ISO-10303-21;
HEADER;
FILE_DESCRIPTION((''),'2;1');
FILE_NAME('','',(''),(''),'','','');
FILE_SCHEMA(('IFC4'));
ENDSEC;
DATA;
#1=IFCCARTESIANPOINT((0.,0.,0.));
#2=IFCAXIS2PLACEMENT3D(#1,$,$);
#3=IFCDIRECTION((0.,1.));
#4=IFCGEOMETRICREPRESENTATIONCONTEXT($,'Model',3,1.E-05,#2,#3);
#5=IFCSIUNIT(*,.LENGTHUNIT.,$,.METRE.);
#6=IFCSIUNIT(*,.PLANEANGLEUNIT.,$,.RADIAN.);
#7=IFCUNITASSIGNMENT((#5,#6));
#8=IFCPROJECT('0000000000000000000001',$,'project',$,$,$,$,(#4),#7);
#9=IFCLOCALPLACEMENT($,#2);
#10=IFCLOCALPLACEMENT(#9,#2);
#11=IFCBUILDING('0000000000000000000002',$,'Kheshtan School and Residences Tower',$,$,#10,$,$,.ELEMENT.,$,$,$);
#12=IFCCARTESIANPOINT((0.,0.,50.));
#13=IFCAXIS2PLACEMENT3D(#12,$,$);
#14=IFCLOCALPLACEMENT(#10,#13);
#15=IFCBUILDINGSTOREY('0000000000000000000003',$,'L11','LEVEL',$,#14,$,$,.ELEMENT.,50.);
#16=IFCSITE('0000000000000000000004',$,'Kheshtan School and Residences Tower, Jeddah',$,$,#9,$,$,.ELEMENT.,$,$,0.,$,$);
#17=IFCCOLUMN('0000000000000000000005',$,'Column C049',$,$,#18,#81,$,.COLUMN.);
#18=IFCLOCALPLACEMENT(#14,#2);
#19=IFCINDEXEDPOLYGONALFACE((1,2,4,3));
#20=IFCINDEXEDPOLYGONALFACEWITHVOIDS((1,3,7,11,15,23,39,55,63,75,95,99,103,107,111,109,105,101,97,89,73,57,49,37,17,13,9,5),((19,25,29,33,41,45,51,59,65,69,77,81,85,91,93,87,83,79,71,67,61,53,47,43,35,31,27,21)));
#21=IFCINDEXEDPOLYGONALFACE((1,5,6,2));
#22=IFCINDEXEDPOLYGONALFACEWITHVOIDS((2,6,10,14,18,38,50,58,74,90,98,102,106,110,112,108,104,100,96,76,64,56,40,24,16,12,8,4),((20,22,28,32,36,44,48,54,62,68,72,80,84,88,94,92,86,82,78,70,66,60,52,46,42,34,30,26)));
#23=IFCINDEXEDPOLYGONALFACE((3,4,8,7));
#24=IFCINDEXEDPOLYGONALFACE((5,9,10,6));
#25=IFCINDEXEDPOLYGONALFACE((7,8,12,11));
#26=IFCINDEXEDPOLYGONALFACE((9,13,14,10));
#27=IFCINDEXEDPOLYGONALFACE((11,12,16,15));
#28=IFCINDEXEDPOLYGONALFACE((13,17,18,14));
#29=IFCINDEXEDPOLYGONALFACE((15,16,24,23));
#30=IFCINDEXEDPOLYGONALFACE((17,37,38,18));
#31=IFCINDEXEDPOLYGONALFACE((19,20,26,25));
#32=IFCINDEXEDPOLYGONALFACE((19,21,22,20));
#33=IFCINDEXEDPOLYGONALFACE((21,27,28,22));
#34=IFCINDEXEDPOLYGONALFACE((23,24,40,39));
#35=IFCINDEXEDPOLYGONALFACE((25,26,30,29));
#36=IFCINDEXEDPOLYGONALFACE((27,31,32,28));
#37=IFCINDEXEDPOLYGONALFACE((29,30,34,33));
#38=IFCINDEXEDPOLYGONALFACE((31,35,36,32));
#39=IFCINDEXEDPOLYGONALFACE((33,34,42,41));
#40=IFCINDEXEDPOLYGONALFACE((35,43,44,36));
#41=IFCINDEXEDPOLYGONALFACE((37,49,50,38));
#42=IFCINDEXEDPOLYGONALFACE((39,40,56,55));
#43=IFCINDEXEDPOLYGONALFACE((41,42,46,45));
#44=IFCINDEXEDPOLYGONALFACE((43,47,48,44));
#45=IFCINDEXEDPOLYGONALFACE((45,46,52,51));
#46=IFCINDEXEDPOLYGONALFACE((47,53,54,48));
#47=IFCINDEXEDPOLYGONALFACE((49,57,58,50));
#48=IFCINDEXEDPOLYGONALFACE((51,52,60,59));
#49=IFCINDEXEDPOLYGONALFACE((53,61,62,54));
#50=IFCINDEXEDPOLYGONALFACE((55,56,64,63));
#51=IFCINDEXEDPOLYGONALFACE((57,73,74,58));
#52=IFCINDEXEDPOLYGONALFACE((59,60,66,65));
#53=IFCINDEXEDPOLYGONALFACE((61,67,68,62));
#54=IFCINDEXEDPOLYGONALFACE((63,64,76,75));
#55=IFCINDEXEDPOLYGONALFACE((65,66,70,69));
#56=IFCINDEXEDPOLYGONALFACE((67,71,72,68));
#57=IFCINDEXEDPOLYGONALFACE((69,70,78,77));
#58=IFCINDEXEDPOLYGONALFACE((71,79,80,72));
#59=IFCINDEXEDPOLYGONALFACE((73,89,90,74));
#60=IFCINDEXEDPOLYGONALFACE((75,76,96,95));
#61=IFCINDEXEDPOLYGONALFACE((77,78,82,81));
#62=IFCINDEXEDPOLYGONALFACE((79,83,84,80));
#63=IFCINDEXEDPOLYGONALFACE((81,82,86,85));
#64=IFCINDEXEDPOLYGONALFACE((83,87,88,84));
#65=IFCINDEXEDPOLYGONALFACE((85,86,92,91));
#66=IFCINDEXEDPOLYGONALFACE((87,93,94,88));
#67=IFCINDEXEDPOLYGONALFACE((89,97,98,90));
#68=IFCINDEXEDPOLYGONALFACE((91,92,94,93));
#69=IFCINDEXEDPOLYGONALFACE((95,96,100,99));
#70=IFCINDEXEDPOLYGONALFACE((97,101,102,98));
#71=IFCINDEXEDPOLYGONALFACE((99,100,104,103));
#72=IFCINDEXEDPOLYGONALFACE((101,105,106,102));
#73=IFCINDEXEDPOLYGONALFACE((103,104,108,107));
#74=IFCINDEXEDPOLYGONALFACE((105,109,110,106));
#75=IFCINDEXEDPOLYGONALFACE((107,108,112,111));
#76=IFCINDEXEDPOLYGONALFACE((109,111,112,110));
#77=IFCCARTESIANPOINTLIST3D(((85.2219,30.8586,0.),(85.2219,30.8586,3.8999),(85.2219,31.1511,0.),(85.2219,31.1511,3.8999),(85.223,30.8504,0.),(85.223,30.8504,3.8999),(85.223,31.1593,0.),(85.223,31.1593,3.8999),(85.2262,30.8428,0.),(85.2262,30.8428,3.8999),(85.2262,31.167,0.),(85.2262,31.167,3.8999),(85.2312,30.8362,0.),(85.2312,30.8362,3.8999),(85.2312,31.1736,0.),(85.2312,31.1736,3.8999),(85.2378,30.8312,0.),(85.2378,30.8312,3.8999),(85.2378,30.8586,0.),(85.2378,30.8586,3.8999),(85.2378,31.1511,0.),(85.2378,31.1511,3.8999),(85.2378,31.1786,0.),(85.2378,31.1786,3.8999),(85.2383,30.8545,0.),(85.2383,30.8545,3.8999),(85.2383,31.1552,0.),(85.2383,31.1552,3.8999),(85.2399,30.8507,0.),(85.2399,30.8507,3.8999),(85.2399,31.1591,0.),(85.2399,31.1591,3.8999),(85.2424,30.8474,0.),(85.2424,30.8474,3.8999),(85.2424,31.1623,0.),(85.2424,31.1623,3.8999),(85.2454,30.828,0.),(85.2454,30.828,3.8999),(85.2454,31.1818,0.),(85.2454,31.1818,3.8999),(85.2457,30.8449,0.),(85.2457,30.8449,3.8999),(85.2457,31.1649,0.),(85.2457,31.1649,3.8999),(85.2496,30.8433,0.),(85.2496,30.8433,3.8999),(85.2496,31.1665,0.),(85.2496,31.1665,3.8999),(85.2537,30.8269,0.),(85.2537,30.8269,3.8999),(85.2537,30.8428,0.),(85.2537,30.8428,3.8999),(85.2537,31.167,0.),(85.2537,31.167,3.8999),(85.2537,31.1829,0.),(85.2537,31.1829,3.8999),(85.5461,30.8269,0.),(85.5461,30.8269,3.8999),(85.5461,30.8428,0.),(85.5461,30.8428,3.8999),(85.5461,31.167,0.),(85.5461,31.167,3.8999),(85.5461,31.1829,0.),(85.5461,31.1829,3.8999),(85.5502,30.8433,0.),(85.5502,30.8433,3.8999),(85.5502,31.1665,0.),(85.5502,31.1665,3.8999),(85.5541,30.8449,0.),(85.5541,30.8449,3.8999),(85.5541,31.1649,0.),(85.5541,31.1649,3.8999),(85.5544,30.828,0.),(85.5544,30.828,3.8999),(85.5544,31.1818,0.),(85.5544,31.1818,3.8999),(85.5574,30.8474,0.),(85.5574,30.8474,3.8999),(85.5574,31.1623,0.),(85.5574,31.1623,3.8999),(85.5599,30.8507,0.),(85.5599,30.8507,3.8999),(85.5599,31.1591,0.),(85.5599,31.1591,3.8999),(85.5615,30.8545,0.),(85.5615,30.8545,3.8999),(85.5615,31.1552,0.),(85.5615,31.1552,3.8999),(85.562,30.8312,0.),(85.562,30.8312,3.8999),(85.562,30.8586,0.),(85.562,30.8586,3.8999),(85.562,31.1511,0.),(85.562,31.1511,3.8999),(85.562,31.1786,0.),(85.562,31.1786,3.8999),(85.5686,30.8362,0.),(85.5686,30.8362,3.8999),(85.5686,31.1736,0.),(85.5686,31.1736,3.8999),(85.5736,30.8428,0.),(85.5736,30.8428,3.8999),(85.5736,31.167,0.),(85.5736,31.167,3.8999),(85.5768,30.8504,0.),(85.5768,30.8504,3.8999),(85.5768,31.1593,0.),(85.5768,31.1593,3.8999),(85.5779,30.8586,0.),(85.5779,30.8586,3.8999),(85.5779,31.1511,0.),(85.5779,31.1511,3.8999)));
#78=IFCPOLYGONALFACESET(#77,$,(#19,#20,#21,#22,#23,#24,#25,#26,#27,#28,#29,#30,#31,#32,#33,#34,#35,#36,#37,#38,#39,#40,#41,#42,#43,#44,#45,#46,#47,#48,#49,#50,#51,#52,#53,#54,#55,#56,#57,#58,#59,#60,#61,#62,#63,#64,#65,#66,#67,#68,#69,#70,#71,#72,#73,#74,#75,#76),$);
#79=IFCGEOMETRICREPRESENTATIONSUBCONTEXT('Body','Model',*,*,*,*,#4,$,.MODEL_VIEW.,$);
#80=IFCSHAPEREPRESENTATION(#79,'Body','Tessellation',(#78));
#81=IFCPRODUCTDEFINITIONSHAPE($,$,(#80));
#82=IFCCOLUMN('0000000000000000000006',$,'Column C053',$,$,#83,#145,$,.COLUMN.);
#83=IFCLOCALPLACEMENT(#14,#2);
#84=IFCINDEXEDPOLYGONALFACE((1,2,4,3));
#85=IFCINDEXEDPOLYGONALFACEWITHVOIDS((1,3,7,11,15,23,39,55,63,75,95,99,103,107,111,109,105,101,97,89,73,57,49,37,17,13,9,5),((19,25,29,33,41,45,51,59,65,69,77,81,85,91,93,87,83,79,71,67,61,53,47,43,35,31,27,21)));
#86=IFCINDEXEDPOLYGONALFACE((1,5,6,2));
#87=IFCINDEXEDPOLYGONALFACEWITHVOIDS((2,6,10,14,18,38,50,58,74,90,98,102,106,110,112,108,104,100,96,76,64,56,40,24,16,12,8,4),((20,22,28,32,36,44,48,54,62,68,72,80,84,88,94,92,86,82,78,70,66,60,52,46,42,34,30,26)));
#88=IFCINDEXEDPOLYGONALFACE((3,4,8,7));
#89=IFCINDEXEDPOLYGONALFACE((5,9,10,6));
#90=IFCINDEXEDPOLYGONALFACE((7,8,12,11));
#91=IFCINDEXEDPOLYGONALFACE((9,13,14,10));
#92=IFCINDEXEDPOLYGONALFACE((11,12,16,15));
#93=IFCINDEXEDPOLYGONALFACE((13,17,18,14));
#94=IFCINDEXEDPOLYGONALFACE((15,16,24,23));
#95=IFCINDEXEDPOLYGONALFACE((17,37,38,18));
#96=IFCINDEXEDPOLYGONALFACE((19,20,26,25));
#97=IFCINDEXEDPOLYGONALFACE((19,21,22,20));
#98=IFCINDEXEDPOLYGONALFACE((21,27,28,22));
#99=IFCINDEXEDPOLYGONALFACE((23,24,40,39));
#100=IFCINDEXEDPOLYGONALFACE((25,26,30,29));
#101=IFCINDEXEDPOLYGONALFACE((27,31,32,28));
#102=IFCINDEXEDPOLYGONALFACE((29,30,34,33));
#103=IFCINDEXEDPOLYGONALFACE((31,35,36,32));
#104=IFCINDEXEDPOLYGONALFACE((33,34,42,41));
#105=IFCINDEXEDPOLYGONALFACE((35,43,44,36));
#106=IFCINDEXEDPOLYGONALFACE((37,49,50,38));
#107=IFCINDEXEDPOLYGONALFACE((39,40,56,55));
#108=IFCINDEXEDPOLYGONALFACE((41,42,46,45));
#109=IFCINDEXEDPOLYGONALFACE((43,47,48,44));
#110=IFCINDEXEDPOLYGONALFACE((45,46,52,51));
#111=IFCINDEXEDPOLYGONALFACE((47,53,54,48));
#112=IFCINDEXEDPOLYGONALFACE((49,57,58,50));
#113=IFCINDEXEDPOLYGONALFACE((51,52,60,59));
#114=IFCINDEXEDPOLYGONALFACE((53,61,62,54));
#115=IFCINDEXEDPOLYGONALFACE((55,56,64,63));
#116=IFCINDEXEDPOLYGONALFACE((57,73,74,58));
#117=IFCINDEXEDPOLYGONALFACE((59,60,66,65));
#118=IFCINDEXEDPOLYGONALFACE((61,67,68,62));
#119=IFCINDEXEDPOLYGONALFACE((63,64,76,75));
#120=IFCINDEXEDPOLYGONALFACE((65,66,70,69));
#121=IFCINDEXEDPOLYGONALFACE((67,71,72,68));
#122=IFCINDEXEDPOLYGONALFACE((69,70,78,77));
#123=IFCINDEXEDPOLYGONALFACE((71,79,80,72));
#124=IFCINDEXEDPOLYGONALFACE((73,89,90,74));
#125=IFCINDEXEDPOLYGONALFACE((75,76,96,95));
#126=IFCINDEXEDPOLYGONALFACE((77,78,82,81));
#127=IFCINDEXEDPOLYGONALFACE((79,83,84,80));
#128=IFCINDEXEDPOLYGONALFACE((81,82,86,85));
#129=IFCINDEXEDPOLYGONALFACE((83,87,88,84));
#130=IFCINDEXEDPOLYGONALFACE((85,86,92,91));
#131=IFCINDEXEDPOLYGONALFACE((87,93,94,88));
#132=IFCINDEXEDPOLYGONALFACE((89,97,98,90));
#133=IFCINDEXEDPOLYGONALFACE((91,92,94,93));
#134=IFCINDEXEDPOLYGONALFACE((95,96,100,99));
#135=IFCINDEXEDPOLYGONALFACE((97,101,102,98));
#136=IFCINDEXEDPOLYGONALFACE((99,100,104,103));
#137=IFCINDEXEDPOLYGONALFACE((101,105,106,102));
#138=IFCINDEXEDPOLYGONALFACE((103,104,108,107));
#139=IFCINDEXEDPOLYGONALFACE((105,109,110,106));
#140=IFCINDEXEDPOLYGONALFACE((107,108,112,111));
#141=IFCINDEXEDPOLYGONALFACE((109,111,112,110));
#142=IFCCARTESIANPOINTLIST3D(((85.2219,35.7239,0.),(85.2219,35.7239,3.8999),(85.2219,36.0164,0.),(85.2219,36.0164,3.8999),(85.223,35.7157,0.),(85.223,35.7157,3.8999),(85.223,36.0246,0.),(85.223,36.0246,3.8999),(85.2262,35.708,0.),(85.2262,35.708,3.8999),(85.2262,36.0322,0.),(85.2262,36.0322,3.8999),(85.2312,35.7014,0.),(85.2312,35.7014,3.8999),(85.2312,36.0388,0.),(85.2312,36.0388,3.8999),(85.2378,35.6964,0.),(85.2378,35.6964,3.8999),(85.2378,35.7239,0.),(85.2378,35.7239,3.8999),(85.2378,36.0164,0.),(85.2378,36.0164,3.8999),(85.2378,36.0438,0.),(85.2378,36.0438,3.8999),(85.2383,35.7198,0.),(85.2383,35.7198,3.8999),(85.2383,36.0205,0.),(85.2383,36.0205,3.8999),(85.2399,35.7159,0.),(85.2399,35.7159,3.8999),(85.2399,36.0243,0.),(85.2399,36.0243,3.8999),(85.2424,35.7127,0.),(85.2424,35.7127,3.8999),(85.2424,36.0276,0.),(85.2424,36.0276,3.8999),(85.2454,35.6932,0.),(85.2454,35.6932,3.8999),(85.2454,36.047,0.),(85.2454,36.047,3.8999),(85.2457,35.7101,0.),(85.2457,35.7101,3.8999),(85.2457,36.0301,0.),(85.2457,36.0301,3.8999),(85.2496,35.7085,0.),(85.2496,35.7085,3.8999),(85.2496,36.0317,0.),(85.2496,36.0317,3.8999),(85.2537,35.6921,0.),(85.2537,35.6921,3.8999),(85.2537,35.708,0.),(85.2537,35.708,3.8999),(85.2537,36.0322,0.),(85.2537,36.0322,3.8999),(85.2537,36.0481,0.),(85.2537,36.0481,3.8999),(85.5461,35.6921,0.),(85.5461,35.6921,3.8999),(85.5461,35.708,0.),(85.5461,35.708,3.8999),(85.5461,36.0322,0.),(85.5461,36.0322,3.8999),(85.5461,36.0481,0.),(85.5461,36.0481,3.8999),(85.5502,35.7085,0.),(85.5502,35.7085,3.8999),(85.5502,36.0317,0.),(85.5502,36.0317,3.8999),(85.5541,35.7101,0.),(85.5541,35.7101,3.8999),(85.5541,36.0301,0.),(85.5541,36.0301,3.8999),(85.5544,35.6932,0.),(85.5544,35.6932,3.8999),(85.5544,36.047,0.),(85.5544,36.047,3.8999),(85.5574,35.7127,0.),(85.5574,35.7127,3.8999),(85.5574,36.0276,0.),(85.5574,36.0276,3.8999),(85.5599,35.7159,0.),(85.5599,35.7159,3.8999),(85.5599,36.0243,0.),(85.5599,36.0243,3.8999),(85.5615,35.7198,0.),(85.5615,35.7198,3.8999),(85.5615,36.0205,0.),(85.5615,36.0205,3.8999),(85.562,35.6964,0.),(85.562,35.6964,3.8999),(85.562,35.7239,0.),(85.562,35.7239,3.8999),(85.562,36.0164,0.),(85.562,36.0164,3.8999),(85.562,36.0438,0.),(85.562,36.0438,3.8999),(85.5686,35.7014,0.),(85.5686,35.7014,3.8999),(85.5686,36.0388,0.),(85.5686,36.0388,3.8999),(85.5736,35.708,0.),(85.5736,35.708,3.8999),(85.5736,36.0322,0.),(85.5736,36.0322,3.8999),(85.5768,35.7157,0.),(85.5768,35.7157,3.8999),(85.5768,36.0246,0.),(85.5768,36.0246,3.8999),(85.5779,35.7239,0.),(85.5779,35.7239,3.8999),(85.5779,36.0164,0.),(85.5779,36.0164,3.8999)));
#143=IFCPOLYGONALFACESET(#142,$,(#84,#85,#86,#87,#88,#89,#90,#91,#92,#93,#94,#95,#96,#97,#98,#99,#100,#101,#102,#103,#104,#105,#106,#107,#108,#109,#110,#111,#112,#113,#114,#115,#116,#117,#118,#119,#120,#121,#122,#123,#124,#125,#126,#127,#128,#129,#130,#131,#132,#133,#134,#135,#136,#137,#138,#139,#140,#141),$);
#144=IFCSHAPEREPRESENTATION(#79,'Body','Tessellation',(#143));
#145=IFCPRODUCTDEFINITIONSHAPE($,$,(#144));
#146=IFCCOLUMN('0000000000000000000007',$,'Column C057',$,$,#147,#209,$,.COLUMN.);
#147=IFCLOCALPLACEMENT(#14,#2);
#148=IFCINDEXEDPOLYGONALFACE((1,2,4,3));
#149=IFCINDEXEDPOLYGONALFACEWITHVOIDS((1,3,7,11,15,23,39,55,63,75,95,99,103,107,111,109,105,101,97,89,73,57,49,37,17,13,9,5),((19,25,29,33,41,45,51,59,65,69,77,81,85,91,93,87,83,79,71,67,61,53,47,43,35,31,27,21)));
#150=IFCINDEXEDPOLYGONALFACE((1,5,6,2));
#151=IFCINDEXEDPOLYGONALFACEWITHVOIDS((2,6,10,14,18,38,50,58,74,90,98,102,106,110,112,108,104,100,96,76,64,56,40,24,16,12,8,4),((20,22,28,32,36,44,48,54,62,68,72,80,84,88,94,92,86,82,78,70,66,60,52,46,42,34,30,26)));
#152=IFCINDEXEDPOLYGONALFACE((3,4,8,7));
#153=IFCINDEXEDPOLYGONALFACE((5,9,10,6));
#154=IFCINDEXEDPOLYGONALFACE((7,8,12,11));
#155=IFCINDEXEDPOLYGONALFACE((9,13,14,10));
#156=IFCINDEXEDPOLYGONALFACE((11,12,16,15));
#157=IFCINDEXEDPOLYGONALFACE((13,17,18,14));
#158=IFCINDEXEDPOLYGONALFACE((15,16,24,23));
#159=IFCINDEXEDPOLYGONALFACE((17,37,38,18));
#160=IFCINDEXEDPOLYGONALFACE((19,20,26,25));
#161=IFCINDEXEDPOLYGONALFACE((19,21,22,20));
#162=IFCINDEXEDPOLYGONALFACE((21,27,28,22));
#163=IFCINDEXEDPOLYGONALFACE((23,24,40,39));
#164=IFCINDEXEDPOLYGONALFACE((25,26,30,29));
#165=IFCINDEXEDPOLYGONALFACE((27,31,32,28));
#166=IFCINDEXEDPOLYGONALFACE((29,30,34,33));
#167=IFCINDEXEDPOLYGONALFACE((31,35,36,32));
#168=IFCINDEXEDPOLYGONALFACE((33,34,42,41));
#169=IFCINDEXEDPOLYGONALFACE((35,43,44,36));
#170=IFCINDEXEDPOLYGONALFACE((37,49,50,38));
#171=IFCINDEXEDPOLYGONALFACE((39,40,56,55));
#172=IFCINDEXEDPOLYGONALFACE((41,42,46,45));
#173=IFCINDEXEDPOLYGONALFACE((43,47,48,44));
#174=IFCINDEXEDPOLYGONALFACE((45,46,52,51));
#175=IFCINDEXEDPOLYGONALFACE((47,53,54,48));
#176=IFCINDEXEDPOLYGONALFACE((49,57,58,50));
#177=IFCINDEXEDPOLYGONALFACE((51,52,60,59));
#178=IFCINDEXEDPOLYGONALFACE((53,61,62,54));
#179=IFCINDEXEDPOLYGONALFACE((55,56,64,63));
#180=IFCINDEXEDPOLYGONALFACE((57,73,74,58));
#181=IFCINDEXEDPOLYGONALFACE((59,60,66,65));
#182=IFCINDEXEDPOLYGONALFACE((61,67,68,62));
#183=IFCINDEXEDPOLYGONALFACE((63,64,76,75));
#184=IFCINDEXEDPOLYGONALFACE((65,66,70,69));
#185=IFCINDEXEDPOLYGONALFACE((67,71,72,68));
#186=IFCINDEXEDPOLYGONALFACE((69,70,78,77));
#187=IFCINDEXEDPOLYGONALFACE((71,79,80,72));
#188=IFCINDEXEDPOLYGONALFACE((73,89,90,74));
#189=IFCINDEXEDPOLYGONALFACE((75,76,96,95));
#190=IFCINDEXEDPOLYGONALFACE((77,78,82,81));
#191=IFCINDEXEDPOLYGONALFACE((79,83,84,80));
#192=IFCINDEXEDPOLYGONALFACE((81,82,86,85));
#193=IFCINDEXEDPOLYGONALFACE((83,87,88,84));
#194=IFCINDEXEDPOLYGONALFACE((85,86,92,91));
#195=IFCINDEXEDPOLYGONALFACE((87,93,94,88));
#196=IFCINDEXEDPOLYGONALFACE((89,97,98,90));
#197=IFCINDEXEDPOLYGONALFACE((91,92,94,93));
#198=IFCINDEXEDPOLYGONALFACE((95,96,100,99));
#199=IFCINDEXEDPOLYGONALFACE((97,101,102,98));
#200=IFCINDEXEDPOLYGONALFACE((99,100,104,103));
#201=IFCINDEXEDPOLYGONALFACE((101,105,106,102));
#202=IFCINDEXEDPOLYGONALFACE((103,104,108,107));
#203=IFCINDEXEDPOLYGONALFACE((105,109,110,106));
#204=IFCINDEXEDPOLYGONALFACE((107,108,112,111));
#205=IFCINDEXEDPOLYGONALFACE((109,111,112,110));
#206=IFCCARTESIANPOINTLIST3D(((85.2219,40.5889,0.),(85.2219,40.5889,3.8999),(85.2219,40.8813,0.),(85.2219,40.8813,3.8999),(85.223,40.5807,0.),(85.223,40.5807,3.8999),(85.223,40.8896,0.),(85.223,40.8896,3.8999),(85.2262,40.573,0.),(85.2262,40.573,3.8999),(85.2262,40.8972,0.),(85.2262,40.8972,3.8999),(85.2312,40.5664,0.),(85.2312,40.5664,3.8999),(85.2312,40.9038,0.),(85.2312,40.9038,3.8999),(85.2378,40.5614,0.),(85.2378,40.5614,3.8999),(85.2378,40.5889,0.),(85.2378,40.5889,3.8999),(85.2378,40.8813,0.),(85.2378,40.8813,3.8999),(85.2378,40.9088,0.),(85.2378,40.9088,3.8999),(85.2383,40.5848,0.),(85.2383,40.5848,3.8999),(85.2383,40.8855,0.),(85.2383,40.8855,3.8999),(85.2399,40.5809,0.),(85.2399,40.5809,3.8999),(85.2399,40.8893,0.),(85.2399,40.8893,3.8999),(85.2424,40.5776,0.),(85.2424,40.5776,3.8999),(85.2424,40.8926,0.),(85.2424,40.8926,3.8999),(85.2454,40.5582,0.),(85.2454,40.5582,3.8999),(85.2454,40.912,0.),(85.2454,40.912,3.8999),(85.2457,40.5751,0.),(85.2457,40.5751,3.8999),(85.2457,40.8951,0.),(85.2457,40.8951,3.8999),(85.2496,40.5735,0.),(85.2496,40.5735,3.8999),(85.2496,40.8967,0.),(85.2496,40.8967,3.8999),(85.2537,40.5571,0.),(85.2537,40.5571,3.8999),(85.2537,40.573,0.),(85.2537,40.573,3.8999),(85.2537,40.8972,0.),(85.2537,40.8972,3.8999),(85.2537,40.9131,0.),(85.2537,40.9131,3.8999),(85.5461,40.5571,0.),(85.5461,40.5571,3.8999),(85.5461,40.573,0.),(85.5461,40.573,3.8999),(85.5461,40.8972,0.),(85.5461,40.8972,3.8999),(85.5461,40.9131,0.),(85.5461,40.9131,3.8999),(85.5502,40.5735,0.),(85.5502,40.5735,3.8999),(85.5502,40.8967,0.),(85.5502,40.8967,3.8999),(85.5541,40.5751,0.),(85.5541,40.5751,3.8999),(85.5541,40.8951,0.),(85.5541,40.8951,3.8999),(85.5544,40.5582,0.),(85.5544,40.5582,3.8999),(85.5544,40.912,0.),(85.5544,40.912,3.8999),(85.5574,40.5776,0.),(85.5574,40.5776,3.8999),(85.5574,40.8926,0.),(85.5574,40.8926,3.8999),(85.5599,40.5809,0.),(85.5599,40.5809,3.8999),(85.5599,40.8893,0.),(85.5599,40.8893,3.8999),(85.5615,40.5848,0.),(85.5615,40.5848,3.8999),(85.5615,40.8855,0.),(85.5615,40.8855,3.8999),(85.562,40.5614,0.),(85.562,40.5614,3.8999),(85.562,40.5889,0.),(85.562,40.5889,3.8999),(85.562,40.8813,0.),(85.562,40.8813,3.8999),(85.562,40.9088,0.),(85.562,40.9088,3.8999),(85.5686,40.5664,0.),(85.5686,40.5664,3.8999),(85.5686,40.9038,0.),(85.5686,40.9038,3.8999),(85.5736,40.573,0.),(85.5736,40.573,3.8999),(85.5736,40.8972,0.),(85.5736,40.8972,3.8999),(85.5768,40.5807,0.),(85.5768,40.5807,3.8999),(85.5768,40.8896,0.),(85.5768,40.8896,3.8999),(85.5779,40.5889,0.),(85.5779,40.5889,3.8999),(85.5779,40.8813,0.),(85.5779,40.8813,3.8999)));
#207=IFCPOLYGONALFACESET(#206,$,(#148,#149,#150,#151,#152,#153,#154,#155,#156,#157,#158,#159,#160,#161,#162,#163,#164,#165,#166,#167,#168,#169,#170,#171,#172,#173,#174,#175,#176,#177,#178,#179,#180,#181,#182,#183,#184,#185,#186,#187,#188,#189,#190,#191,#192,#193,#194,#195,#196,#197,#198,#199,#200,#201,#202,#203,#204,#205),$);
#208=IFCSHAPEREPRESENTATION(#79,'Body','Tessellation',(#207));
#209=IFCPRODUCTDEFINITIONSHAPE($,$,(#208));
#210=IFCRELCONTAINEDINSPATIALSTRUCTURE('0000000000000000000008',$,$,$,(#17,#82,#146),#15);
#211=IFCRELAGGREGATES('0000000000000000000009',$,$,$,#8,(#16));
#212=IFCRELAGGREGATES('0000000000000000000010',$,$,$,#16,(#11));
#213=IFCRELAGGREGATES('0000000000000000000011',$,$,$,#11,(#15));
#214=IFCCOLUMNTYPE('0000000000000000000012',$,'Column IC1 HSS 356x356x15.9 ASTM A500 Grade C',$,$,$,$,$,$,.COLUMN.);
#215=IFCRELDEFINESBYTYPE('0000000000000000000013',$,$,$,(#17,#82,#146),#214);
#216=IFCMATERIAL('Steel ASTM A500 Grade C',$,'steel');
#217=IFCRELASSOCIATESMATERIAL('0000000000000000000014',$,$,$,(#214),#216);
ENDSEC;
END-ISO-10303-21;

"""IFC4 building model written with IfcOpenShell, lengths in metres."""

from ifc_helpers import new_model, si_unit, direction, frame, origin, origin_2d, place, context, subcontext, project, spatial, hollow_rectangle, extrude, material, material_profile, profile_set, type_object, element, save


model = new_model("IFC4")

# Units and contexts
model_context = context("Model", 3, precision=1e-05, world=origin(), true_north=direction((0.0, 1.0)))
body_context = subcontext(model_context, "Body", "Model", "MODEL_VIEW")
ifc_project = project(units=[si_unit("LENGTHUNIT", "METRE"), si_unit("PLANEANGLEUNIT", "RADIAN")], contexts=[model_context])

# Site, building, storey
site_placement = place(None, origin())
site = spatial("IfcSite", under=ifc_project, at=site_placement, Name="Kheshtan School and Residences Tower, Jeddah", CompositionType="ELEMENT", RefElevation=0.0)
building_placement = place(site_placement, origin())
building = spatial("IfcBuilding", under=site, at=building_placement, Name="Kheshtan School and Residences Tower", CompositionType="ELEMENT")
storey_placement = place(building_placement, frame((0.0, 0.0, 50.0)))
storey = spatial("IfcBuildingStorey", under=building, at=storey_placement, Name="L11", Description="LEVEL", CompositionType="ELEMENT", Elevation=50.0)

# Columns
ifc_material_1 = material(Name="Steel ASTM A500 Grade C", Category="steel")
ifc_material_profile_1 = material_profile(ifc_material_1, hollow_rectangle(XDim=0.356, YDim=0.356, WallThickness=0.0159, InnerFilletRadius=0.0159, OuterFilletRadius=0.0317, at=origin_2d()), Name="HSS 356x356x15.9")
ifc_profile_set_1 = profile_set([ifc_material_profile_1], Name="Steel ASTM A500 Grade C")
column_type = type_object("IfcColumnType", Name="Column IC1 HSS 356x356x15.9 ASTM A500 Grade C", PredefinedType="COLUMN", material=ifc_profile_set_1)
for number, where, z_axis, x_axis, name in (
    (1, (85.3999, 31.0049, 0.0), (0.0, 0.0, 1.0), (1.0, 0.0, 0.0), "Column C049"),
    (2, (85.3999, 35.8701, 0.0), (0.0, 0.0, 1.0), (1.0, 0.0, 0.0), "Column C053"),
    (3, (85.3999, 40.7351, 0.0), (0.0, 0.0, 1.0), (1.0, 0.0, 0.0), "Column C057"),
):
    element("IfcColumn", number, at=place(storey_placement, frame(where, z_axis=z_axis, x_axis=x_axis)), inside=storey, type_object=column_type, Name=name, PredefinedType="COLUMN", context=body_context, shape_type="SweptSolid", body=[
        extrude(hollow_rectangle(XDim=0.356, YDim=0.356, WallThickness=0.0159, InnerFilletRadius=0.0159, OuterFilletRadius=0.0317, at=origin_2d()), origin(), (0.0, 0.0, 1.0), 3.8999),
    ])

save(model, "model.ifc")
